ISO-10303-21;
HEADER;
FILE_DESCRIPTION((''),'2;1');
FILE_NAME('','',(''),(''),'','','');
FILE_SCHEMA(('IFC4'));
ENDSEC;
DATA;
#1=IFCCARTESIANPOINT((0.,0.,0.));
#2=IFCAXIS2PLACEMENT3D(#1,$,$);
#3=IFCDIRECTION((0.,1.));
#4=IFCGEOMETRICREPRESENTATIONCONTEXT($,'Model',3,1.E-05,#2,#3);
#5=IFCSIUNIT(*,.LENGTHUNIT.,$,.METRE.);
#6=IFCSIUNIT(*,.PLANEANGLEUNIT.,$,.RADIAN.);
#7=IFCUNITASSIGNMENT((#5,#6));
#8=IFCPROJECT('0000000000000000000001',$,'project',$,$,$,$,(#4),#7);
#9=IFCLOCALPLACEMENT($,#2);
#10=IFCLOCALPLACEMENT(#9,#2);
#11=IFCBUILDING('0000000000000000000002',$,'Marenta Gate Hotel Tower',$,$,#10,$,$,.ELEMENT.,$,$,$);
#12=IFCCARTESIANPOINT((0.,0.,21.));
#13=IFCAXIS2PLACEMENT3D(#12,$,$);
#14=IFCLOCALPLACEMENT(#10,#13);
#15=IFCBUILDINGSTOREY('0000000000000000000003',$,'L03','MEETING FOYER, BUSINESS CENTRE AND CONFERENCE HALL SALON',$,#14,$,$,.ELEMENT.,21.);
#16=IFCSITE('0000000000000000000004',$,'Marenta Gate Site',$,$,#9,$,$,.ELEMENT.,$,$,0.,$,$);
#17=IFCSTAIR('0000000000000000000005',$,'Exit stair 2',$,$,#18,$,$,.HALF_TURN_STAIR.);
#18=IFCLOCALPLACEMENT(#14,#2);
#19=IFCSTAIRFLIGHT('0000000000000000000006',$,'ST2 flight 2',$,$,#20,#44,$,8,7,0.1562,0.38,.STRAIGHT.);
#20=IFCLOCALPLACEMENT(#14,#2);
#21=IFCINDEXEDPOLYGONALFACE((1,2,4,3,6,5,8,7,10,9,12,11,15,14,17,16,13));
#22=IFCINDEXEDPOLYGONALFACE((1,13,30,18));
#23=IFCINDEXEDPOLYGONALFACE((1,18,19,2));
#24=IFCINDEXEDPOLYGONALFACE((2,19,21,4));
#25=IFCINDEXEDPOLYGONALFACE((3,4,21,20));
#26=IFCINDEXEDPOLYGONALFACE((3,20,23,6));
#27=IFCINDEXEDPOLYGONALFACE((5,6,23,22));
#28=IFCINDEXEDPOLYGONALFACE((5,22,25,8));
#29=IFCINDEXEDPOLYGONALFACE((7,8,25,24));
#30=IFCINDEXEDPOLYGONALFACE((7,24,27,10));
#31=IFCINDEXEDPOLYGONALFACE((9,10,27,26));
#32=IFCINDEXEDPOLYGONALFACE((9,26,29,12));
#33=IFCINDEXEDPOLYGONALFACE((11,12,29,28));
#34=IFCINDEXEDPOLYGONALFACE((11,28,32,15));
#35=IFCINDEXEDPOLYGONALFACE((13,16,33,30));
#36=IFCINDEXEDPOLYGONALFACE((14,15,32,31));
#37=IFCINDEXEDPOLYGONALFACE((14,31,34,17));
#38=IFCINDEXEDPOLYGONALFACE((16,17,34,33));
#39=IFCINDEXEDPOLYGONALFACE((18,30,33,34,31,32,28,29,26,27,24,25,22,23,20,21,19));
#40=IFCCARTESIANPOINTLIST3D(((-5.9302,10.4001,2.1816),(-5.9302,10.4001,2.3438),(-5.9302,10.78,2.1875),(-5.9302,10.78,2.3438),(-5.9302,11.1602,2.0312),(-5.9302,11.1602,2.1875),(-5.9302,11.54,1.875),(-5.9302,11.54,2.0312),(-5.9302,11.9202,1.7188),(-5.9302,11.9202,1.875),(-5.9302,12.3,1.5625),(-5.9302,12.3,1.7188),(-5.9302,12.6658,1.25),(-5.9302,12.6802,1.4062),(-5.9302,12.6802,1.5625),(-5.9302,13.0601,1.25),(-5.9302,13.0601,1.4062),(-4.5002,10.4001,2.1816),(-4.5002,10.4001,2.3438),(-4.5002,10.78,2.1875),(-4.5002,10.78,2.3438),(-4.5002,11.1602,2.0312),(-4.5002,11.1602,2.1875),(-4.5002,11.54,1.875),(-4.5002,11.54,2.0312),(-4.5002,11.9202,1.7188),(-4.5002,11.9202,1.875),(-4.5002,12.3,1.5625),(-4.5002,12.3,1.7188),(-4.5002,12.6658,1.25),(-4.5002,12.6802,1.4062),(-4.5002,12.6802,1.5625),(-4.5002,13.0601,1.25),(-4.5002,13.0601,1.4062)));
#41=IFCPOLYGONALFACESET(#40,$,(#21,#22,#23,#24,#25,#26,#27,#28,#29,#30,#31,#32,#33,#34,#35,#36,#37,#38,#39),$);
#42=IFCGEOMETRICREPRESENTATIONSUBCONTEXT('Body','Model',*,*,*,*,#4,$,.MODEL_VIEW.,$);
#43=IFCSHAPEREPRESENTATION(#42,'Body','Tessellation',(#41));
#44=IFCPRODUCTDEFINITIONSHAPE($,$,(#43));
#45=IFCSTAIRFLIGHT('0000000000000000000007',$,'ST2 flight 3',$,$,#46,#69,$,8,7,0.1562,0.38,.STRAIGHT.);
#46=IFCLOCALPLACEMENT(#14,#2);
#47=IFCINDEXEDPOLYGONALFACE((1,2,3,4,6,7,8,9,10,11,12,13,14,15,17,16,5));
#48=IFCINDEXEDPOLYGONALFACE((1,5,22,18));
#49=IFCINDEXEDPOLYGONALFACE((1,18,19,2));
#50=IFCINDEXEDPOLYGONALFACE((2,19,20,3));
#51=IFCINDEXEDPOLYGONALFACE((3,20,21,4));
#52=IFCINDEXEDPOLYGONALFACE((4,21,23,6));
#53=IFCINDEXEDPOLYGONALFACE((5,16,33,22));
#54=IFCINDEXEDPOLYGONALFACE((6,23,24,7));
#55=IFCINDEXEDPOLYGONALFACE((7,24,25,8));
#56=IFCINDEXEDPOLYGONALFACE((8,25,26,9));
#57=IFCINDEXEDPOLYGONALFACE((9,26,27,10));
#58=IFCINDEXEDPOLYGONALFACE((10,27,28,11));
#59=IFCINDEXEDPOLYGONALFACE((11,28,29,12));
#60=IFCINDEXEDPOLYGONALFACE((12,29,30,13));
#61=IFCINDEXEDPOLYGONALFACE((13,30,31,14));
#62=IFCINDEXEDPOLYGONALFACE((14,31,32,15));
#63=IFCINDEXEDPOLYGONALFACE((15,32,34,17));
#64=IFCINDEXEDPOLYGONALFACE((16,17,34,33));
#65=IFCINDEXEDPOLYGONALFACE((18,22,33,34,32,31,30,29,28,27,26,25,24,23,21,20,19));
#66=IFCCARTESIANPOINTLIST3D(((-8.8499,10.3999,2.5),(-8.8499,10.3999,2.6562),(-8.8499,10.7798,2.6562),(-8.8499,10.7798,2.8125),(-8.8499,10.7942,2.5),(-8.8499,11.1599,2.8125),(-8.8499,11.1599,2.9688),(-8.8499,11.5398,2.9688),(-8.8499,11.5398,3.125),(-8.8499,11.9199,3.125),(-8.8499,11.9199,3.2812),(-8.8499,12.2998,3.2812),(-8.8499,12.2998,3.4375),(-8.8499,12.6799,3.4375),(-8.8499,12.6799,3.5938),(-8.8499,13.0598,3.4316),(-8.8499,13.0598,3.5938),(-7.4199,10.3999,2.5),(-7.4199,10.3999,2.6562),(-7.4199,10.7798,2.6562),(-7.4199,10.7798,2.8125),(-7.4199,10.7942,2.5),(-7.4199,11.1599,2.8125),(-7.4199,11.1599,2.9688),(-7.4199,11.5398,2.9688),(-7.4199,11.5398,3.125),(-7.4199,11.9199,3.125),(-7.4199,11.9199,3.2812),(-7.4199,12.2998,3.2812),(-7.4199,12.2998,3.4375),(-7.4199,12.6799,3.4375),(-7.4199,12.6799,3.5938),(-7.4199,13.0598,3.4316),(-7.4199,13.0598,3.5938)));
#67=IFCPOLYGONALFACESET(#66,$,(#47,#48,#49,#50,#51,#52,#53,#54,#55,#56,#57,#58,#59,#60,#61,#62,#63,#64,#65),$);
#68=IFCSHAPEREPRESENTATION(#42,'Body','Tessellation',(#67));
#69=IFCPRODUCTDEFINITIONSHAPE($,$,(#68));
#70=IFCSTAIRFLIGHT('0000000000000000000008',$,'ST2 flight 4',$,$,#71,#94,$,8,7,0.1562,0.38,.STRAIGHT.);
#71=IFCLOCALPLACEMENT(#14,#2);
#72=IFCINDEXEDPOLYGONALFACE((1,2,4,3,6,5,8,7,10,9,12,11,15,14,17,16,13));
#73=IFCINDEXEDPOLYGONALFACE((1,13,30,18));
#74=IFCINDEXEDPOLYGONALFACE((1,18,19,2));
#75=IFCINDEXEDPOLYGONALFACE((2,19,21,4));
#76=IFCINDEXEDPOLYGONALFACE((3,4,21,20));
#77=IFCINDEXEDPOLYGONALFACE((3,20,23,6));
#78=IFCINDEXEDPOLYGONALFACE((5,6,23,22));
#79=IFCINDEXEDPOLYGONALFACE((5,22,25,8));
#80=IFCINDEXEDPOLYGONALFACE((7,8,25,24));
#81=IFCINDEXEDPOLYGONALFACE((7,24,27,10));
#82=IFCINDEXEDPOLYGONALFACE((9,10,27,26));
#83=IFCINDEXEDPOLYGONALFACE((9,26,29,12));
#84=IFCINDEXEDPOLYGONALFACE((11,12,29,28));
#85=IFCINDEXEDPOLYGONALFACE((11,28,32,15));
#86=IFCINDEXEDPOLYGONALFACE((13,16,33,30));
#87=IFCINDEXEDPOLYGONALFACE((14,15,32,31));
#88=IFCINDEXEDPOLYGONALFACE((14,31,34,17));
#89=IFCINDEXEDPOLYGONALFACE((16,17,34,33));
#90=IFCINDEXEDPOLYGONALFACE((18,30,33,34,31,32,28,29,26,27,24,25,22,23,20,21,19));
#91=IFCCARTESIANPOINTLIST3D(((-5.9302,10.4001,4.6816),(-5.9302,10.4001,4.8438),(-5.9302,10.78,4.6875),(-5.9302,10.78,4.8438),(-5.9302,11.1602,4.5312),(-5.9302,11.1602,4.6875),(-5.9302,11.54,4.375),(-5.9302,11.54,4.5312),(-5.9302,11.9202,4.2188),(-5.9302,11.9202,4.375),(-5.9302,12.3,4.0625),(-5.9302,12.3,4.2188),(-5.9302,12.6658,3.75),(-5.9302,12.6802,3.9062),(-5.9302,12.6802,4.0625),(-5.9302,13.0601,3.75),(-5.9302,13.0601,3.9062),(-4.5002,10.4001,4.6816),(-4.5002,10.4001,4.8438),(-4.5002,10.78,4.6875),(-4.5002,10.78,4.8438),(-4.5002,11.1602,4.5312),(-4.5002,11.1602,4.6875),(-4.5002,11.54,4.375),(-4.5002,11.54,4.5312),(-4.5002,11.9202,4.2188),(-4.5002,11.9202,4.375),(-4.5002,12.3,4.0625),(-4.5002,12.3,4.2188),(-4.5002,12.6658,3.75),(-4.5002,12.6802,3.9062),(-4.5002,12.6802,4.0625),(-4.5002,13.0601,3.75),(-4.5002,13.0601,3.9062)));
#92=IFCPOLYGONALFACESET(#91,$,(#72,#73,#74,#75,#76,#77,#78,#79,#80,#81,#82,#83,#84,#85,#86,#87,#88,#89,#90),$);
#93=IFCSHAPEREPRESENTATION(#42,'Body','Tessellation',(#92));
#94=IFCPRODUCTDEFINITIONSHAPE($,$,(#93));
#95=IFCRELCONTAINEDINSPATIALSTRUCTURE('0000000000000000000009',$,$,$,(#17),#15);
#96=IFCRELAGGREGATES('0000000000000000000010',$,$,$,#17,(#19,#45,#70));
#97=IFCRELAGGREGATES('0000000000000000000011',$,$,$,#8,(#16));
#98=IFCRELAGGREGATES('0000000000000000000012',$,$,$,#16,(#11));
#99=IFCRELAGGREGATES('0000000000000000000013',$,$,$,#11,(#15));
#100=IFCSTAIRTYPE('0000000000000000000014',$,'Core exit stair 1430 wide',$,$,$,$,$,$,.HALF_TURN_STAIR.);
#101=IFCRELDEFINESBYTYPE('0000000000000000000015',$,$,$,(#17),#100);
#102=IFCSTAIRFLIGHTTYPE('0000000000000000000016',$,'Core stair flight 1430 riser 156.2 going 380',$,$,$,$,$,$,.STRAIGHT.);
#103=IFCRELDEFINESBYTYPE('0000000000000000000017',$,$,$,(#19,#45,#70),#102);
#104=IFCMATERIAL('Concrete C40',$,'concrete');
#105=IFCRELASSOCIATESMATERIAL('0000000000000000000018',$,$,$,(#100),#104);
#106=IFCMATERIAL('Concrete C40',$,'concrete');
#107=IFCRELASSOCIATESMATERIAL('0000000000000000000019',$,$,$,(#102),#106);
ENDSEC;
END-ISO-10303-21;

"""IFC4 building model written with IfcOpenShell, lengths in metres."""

from ifc_helpers import new_model, si_unit, direction, frame, origin, place, context, subcontext, project, spatial, polyline, outline, extrude, material, type_object, element, aggregate, save


model = new_model("IFC4")

# Units and contexts
model_context = context("Model", 3, precision=1e-05, world=origin(), true_north=direction((0.0, 1.0)))
body_context = subcontext(model_context, "Body", "Model", "MODEL_VIEW")
ifc_project = project(units=[si_unit("LENGTHUNIT", "METRE"), si_unit("PLANEANGLEUNIT", "RADIAN")], contexts=[model_context])

# Site, building, storey
site_placement = place(None, origin())
site = spatial("IfcSite", under=ifc_project, at=site_placement, Name="Marenta Gate Site", CompositionType="ELEMENT", RefElevation=0.0)
building_placement = place(site_placement, origin())
building = spatial("IfcBuilding", under=site, at=building_placement, Name="Marenta Gate Hotel Tower", CompositionType="ELEMENT")
storey_placement = place(building_placement, frame((0.0, 0.0, 21.0)))
storey = spatial("IfcBuildingStorey", under=building, at=storey_placement, Name="L03", Description="MEETING FOYER, BUSINESS CENTRE AND CONFERENCE HALL SALON", CompositionType="ELEMENT", Elevation=21.0)

# Stair, stair flights
ifc_material_1 = material(Name="Concrete C40", Category="concrete")
stair_type = type_object("IfcStairType", Name="Core exit stair 1430 wide", PredefinedType="HALF_TURN_STAIR", material=ifc_material_1)
stair_placement = place(storey_placement, origin())
stair = element("IfcStair", 1, at=stair_placement, inside=storey, type_object=stair_type, Name="Exit stair 2", PredefinedType="HALF_TURN_STAIR")
ifc_material_2 = material(Name="Concrete C40", Category="concrete")
stair_flight_type = type_object("IfcStairFlightType", Name="Core stair flight 1430 riser 156.2 going 380", PredefinedType="STRAIGHT", material=ifc_material_2)
stair_flight_1_placement = place(storey_placement, frame((-5.2151, 13.0601, 1.25), z_axis=(0.0, 0.0, 1.0), x_axis=(0.0, -1.0, 0.0)))
stair_flight_1 = element("IfcStairFlight", 2, at=stair_flight_1_placement, type_object=stair_flight_type, Name="ST2 flight 2", NumberOfRisers=8, NumberOfTreads=7, PredefinedType="STRAIGHT", RiserHeight=0.1562, TreadLength=0.38, context=body_context, shape_type="SweptSolid", body=[
    extrude(outline(polyline([(0.0, 0.0), (0.0, 0.1562), (0.3799, 0.1562), (0.3799, 0.3125), (0.76, 0.3125), (0.76, 0.4688), (1.1399, 0.4688), (1.1399, 0.625), (1.52, 0.625), (1.52, 0.7812), (1.8999, 0.7812), (1.8999, 0.9375), (2.28, 0.9375), (2.28, 1.0938), (2.6599, 1.0938), (2.6599, 1.25), (2.6599, 0.9316), (0.3943, 0.0), (0.0, 0.0)])), frame((0.0, 0.7148, 0.0), z_axis=(0.0, -1.0, 0.0), x_axis=(1.0, 0.0, 0.0)), (0.0, 0.0, 1.0), 1.4299),
])
stair_flight_2_placement = place(storey_placement, frame((-8.135, 10.3999, 2.5), z_axis=(0.0, 0.0, 1.0), x_axis=(0.0, 1.0, 0.0)))
stair_flight_2 = element("IfcStairFlight", 3, at=stair_flight_2_placement, type_object=stair_flight_type, Name="ST2 flight 3", NumberOfRisers=8, NumberOfTreads=7, PredefinedType="STRAIGHT", RiserHeight=0.1562, TreadLength=0.38, context=body_context, shape_type="SweptSolid", body=[
    extrude(outline(polyline([(0.0, 0.0), (0.0, 0.1562), (0.3799, 0.1562), (0.3799, 0.3125), (0.76, 0.3125), (0.76, 0.4688), (1.1399, 0.4688), (1.1399, 0.625), (1.52, 0.625), (1.52, 0.7812), (1.8999, 0.7812), (1.8999, 0.9375), (2.28, 0.9375), (2.28, 1.0938), (2.6599, 1.0938), (2.6599, 1.25), (2.6599, 0.9316), (0.3943, 0.0), (0.0, 0.0)])), frame((0.0, 0.7148, 0.0), z_axis=(0.0, -1.0, 0.0), x_axis=(1.0, 0.0, 0.0)), (0.0, 0.0, 1.0), 1.4299),
])
stair_flight_3_placement = place(storey_placement, frame((-5.2151, 13.0601, 3.75), z_axis=(0.0, 0.0, 1.0), x_axis=(0.0, -1.0, 0.0)))
stair_flight_3 = element("IfcStairFlight", 4, at=stair_flight_3_placement, type_object=stair_flight_type, Name="ST2 flight 4", NumberOfRisers=8, NumberOfTreads=7, PredefinedType="STRAIGHT", RiserHeight=0.1562, TreadLength=0.38, context=body_context, shape_type="SweptSolid", body=[
    extrude(outline(polyline([(0.0, 0.0), (0.0, 0.1562), (0.3799, 0.1562), (0.3799, 0.3125), (0.76, 0.3125), (0.76, 0.4688), (1.1399, 0.4688), (1.1399, 0.625), (1.52, 0.625), (1.52, 0.7812), (1.8999, 0.7812), (1.8999, 0.9375), (2.28, 0.9375), (2.28, 1.0938), (2.6599, 1.0938), (2.6599, 1.25), (2.6599, 0.9316), (0.3943, 0.0), (0.0, 0.0)])), frame((0.0, 0.7148, 0.0), z_axis=(0.0, -1.0, 0.0), x_axis=(1.0, 0.0, 0.0)), (0.0, 0.0, 1.0), 1.4299),
])
aggregate(stair, [stair_flight_1, stair_flight_2, stair_flight_3])

save(model, "model.ifc")
